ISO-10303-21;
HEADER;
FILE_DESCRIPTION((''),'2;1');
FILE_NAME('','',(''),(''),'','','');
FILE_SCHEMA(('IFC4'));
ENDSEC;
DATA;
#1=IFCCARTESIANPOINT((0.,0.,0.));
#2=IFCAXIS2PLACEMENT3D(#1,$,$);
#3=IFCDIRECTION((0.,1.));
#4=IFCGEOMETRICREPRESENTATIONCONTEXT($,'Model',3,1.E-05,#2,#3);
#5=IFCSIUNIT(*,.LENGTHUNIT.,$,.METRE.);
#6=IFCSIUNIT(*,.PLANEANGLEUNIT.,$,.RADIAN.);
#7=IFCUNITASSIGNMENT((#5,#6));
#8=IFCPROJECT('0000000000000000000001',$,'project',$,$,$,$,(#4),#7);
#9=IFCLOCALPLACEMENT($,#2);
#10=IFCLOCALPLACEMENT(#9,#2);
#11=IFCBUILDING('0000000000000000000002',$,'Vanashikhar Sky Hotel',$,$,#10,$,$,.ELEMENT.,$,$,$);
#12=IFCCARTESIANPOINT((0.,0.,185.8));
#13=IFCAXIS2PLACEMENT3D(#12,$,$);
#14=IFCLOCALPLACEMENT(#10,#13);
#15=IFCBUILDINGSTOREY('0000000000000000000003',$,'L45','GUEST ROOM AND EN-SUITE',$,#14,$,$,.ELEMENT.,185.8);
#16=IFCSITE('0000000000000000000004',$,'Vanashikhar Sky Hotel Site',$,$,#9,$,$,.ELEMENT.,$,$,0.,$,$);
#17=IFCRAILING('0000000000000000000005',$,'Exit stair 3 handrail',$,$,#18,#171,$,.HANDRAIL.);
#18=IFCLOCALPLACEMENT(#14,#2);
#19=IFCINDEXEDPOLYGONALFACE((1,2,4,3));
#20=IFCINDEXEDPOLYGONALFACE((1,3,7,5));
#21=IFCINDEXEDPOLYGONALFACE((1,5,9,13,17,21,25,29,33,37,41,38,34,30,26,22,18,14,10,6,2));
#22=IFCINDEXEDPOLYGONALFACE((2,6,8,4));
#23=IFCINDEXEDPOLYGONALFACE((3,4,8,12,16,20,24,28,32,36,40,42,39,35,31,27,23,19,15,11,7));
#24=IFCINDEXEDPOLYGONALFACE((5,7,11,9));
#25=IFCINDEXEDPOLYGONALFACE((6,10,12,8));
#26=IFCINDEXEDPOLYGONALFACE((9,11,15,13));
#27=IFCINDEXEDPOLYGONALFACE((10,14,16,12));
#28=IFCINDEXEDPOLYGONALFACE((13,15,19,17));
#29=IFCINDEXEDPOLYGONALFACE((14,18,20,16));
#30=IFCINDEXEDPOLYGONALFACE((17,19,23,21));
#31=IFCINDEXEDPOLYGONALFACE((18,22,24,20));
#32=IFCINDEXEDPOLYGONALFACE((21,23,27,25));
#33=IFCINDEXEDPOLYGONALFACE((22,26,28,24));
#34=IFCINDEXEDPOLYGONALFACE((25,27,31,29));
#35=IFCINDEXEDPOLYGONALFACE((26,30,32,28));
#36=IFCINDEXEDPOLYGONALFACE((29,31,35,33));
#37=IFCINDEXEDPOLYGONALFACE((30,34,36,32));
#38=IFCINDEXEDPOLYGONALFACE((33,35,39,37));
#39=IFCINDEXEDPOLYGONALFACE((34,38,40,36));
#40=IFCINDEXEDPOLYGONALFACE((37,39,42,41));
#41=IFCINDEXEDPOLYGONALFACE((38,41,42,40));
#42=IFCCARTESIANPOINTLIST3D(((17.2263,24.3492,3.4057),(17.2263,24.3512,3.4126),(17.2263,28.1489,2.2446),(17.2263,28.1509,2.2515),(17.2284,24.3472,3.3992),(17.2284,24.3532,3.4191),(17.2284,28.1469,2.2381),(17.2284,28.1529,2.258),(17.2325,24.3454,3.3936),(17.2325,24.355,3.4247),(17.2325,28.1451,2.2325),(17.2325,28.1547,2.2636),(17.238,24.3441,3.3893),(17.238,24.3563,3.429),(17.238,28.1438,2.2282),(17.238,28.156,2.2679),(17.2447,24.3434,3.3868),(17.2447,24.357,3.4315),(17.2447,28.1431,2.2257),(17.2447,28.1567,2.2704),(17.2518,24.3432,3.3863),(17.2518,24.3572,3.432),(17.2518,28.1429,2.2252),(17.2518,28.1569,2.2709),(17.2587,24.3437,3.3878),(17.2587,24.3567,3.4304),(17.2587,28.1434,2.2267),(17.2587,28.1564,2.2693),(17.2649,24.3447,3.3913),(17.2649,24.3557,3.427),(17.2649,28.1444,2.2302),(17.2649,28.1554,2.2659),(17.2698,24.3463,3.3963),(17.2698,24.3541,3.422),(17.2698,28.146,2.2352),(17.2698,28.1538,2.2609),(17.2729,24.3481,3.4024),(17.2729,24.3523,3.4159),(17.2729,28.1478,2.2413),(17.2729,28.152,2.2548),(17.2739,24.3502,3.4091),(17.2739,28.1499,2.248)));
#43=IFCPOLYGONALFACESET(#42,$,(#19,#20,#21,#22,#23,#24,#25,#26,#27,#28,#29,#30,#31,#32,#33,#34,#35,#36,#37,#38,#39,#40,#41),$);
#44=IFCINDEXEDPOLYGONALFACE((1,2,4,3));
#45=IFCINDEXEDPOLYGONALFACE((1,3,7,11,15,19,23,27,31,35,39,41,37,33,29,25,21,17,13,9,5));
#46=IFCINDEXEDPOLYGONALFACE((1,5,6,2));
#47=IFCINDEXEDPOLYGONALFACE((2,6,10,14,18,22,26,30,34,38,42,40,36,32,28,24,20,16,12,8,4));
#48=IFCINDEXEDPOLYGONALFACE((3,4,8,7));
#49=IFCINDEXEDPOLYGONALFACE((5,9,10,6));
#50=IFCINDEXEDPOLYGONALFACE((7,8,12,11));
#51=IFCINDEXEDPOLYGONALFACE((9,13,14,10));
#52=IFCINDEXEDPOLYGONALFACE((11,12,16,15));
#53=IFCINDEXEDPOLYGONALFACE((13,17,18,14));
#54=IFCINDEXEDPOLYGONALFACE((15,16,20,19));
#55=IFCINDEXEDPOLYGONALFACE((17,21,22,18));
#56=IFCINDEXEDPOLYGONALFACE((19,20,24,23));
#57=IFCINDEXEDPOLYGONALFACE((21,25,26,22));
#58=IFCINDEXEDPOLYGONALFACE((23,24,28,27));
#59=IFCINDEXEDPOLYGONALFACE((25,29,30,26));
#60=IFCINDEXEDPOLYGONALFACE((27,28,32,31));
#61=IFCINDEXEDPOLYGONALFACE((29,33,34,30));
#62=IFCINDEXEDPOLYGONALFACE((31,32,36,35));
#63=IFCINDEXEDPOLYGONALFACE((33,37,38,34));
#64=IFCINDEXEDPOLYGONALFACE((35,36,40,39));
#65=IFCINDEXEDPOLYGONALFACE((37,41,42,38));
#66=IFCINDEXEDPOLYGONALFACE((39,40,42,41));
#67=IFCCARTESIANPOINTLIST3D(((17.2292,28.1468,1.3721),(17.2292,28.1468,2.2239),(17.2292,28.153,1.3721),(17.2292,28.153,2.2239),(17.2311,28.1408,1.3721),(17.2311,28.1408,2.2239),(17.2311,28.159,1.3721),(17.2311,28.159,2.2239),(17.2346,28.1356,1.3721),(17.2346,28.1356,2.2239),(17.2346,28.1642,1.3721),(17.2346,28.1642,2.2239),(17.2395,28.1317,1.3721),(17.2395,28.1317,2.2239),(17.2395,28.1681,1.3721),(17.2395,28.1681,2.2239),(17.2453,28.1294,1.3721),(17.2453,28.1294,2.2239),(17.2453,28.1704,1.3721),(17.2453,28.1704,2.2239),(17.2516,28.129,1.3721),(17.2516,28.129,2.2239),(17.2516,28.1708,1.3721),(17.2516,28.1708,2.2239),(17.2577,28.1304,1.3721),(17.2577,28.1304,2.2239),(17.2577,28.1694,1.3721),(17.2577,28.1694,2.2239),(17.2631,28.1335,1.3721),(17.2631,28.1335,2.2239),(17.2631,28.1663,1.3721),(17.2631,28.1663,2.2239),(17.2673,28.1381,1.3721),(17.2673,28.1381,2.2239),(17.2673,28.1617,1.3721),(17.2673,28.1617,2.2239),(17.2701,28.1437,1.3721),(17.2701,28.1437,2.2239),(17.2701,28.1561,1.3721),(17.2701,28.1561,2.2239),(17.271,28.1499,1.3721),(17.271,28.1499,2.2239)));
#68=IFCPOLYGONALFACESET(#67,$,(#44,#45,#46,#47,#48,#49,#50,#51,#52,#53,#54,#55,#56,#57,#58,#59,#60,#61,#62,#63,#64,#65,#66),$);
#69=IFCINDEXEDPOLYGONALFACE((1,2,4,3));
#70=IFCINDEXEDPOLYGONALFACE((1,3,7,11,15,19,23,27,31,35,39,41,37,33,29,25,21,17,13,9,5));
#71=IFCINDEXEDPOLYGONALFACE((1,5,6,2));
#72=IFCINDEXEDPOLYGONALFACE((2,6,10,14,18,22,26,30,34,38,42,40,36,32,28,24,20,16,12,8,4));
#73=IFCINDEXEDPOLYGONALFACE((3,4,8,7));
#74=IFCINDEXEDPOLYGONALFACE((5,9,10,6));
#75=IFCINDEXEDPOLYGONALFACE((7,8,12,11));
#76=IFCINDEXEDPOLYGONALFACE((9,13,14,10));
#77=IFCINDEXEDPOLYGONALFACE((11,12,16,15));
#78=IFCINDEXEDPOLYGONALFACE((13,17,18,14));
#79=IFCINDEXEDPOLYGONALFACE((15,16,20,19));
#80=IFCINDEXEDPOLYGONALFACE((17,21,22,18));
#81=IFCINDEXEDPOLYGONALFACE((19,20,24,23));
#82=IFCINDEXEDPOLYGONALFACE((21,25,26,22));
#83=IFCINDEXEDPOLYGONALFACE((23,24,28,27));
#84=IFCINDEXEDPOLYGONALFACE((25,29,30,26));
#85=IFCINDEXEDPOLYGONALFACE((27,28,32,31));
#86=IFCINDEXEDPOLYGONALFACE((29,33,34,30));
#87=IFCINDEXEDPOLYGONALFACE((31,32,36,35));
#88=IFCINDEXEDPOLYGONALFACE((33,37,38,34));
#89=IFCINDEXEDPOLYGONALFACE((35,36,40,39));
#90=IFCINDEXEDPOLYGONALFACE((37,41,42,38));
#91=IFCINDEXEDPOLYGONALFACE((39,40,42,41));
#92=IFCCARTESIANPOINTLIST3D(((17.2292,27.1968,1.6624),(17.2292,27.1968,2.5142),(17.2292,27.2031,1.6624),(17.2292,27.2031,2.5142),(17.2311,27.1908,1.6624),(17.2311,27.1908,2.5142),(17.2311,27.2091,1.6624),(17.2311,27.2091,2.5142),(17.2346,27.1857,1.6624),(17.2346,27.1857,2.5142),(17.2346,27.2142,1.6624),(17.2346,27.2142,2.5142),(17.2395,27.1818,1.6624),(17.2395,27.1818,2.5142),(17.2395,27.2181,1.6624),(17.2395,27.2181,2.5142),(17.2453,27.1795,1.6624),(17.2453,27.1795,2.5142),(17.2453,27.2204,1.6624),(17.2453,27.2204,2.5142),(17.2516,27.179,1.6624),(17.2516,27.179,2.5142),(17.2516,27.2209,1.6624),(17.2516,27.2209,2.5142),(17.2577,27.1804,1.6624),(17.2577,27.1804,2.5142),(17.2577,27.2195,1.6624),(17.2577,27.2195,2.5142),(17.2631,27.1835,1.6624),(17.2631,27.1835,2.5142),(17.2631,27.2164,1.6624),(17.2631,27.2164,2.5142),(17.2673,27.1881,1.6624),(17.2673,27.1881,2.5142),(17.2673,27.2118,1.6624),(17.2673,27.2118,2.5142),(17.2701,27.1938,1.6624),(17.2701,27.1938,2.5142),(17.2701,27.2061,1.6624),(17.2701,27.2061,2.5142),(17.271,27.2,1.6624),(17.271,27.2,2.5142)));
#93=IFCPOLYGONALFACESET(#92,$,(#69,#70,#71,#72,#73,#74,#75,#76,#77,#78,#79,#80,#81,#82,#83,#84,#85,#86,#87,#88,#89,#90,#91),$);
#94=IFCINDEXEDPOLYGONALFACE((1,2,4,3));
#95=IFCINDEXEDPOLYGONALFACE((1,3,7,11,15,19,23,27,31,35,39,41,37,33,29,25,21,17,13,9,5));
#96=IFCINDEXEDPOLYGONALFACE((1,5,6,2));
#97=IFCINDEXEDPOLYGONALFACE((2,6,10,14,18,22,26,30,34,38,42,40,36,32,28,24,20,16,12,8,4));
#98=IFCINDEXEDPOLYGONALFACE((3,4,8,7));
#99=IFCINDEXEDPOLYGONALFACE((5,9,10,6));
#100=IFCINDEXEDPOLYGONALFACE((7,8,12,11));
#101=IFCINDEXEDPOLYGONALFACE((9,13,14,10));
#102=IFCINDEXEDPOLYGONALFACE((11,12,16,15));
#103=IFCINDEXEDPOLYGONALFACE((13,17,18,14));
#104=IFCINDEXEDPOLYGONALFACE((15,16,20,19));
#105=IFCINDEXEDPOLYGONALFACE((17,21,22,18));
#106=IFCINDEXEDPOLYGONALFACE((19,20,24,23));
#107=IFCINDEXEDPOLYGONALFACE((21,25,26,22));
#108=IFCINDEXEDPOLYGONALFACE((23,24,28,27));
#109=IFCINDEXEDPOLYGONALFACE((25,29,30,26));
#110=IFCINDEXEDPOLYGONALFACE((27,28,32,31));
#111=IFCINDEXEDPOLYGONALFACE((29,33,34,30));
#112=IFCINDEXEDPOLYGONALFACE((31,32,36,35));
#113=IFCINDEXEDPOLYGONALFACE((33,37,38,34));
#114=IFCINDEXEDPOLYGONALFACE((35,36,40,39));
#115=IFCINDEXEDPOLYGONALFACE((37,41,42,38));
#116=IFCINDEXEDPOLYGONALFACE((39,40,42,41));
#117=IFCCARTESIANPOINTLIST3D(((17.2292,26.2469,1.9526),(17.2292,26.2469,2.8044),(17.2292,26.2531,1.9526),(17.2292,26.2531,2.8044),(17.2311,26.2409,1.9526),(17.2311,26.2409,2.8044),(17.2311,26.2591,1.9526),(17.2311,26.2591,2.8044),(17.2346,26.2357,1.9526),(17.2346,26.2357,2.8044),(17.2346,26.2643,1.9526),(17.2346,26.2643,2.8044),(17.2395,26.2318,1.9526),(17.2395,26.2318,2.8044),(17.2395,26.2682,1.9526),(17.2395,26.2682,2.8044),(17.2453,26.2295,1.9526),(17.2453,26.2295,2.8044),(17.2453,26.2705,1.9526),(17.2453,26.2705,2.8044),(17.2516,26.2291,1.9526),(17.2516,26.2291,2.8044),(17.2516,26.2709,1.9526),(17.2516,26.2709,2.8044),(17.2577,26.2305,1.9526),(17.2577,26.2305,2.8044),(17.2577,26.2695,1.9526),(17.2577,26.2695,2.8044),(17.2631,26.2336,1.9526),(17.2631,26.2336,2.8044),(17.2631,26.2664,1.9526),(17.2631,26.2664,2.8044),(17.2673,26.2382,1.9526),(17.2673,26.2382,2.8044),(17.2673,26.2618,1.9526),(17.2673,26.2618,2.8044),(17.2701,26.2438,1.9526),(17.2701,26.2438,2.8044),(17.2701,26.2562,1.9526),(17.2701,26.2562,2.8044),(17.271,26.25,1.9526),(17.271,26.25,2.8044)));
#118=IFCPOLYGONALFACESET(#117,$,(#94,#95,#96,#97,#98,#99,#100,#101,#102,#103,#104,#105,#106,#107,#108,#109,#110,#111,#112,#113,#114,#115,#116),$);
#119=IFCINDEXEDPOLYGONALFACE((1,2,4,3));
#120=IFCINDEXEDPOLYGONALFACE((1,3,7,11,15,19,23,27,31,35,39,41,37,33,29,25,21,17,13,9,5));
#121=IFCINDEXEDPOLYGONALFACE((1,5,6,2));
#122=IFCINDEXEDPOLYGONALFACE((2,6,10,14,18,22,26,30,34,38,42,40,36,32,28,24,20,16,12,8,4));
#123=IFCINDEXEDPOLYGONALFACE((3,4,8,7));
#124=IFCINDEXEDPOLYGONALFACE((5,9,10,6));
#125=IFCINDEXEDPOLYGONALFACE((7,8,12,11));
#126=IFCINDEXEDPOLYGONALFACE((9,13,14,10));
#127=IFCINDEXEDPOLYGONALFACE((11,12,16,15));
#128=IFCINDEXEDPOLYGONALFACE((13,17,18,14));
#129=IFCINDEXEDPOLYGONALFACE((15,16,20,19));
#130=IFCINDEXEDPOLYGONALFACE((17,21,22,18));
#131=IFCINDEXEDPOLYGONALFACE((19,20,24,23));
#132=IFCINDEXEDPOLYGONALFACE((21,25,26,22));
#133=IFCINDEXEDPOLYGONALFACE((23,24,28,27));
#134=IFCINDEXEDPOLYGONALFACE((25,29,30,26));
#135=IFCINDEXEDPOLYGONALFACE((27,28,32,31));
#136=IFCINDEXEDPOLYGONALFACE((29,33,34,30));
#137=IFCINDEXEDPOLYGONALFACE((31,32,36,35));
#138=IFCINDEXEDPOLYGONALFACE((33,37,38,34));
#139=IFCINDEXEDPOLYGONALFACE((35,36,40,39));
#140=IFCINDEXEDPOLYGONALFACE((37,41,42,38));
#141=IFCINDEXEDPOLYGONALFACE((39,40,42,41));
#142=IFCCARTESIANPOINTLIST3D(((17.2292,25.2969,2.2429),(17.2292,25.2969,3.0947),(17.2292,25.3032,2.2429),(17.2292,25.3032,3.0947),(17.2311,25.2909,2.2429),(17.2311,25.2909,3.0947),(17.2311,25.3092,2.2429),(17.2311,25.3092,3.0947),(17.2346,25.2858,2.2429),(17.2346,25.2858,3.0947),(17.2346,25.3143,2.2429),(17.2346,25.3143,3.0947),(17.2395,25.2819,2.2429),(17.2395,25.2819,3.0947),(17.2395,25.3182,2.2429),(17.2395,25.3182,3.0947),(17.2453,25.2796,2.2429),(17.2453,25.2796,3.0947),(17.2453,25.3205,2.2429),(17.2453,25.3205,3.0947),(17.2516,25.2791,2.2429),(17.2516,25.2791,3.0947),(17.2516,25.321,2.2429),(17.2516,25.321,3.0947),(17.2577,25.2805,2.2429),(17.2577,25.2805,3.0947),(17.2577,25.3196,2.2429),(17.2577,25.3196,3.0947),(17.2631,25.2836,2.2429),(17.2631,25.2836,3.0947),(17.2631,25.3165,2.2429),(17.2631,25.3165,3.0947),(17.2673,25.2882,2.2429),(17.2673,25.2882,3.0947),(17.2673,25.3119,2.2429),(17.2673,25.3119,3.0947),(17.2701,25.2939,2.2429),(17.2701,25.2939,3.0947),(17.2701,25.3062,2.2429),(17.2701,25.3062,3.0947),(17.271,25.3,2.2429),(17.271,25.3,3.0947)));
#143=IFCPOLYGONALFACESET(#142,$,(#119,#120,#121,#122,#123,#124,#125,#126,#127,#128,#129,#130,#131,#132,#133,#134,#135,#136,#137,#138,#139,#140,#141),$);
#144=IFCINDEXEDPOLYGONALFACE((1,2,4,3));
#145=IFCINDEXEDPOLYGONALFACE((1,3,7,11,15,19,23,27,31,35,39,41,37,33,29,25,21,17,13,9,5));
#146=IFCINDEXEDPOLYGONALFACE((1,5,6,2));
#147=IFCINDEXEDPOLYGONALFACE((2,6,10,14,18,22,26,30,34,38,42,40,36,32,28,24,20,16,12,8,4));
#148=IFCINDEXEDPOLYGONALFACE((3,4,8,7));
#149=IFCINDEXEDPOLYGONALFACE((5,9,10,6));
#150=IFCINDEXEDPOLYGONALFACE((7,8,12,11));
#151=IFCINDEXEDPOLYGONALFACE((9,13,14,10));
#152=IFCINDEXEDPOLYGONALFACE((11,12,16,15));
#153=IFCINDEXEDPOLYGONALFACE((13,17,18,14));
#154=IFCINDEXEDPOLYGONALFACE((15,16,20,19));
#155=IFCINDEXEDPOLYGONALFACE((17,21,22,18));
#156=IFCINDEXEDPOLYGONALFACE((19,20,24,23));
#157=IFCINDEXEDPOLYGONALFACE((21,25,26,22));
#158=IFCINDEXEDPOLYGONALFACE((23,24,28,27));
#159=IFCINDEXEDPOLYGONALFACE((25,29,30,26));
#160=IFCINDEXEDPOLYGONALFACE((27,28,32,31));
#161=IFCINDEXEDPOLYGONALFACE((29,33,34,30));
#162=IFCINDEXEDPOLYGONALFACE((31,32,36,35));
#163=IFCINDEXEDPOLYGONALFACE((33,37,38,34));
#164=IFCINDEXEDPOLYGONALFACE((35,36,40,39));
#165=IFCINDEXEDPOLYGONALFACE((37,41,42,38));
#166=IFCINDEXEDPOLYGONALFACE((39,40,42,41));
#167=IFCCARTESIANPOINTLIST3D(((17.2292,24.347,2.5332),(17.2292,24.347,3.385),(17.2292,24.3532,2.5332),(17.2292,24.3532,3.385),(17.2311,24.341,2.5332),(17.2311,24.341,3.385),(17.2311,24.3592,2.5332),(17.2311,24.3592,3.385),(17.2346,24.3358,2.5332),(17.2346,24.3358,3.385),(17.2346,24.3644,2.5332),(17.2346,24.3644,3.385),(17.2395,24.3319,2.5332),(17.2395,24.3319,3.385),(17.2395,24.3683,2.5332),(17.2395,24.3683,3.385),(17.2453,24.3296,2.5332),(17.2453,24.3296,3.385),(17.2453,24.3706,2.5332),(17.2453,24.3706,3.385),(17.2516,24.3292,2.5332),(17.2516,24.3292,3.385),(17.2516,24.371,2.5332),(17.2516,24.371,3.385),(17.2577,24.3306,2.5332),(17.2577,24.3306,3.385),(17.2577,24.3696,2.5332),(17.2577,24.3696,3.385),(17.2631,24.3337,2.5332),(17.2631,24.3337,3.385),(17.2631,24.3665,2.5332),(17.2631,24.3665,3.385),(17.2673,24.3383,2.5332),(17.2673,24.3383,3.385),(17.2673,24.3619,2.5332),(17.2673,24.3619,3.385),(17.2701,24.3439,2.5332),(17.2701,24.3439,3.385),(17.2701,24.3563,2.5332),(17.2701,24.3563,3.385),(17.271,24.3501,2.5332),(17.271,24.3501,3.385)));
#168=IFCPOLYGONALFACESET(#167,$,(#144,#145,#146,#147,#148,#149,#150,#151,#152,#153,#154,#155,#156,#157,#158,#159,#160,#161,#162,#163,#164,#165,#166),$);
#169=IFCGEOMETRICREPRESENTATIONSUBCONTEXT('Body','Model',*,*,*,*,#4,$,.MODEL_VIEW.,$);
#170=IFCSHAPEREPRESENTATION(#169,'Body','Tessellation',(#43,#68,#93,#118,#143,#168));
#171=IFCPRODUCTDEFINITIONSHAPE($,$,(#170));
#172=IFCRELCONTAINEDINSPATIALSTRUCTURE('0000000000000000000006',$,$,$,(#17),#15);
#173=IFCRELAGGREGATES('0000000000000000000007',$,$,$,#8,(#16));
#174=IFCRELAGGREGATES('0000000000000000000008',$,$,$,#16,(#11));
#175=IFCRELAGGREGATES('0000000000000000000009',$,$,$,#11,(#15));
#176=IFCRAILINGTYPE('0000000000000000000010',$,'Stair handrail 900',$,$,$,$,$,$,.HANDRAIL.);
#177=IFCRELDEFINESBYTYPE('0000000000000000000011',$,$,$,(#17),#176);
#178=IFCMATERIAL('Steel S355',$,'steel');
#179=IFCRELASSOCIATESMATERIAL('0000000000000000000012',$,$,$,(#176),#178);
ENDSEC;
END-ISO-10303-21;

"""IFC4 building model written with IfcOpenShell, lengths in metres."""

from ifc_helpers import new_model, si_unit, direction, frame, origin, origin_2d, place, context, subcontext, project, spatial, circle, extrude, source, transform, mapped, material, type_object, element, save


model = new_model("IFC4")

# Units and contexts
model_context = context("Model", 3, precision=1e-05, world=origin(), true_north=direction((0.0, 1.0)))
body_context = subcontext(model_context, "Body", "Model", "MODEL_VIEW")
ifc_project = project(units=[si_unit("LENGTHUNIT", "METRE"), si_unit("PLANEANGLEUNIT", "RADIAN")], contexts=[model_context])

# Site, building, storey
site_placement = place(None, origin())
site = spatial("IfcSite", under=ifc_project, at=site_placement, Name="Vanashikhar Sky Hotel Site", CompositionType="ELEMENT", RefElevation=0.0)
building_placement = place(site_placement, origin())
building = spatial("IfcBuilding", under=site, at=building_placement, Name="Vanashikhar Sky Hotel", CompositionType="ELEMENT")
storey_placement = place(building_placement, frame((0.0, 0.0, 185.8)))
storey = spatial("IfcBuildingStorey", under=building, at=storey_placement, Name="L45", Description="GUEST ROOM AND EN-SUITE", CompositionType="ELEMENT", Elevation=185.8)

# Railing
ifc_material_1 = material(Name="Steel S355", Category="steel")
railing_type = type_object("IfcRailingType", Name="Stair handrail 900", PredefinedType="HANDRAIL", material=ifc_material_1)
shared_shape_1 = source(origin(), body_context, "Body", "SweptSolid", [
    extrude(circle(Radius=0.0239, at=origin_2d()), frame((0.0, 0.0, 0.876), z_axis=(0.0, -0.956346, 0.292237), x_axis=(1.0, 0.0, 0.0)), (0.0, 0.0, 1.0), 3.9731),
    extrude(circle(Radius=0.021, at=origin_2d()), origin(), (0.0, 0.0, 1.0), 0.8518),
    extrude(circle(Radius=0.021, at=origin_2d()), frame((0.0, -0.95, 0.2903)), (0.0, 0.0, 1.0), 0.8518),
    extrude(circle(Radius=0.021, at=origin_2d()), frame((0.0, -1.8999, 0.5806)), (0.0, 0.0, 1.0), 0.8518),
    extrude(circle(Radius=0.021, at=origin_2d()), frame((0.0, -2.8499, 0.8708)), (0.0, 0.0, 1.0), 0.8518),
    extrude(circle(Radius=0.021, at=origin_2d()), frame((0.0, -3.7998, 1.1611)), (0.0, 0.0, 1.0), 0.8518),
])
railing_1_placement = place(storey_placement, frame((17.25, 28.1499, 1.3721)))
element("IfcRailing", 1, at=railing_1_placement, inside=storey, type_object=railing_type, Name="Exit stair 3 handrail", PredefinedType="HANDRAIL", context=body_context, shape_type="MappedRepresentation", body=[
    mapped(shared_shape_1, transform((0.0, 0.0, 0.0), scale=1.0)),
])

save(model, "model.ifc")
